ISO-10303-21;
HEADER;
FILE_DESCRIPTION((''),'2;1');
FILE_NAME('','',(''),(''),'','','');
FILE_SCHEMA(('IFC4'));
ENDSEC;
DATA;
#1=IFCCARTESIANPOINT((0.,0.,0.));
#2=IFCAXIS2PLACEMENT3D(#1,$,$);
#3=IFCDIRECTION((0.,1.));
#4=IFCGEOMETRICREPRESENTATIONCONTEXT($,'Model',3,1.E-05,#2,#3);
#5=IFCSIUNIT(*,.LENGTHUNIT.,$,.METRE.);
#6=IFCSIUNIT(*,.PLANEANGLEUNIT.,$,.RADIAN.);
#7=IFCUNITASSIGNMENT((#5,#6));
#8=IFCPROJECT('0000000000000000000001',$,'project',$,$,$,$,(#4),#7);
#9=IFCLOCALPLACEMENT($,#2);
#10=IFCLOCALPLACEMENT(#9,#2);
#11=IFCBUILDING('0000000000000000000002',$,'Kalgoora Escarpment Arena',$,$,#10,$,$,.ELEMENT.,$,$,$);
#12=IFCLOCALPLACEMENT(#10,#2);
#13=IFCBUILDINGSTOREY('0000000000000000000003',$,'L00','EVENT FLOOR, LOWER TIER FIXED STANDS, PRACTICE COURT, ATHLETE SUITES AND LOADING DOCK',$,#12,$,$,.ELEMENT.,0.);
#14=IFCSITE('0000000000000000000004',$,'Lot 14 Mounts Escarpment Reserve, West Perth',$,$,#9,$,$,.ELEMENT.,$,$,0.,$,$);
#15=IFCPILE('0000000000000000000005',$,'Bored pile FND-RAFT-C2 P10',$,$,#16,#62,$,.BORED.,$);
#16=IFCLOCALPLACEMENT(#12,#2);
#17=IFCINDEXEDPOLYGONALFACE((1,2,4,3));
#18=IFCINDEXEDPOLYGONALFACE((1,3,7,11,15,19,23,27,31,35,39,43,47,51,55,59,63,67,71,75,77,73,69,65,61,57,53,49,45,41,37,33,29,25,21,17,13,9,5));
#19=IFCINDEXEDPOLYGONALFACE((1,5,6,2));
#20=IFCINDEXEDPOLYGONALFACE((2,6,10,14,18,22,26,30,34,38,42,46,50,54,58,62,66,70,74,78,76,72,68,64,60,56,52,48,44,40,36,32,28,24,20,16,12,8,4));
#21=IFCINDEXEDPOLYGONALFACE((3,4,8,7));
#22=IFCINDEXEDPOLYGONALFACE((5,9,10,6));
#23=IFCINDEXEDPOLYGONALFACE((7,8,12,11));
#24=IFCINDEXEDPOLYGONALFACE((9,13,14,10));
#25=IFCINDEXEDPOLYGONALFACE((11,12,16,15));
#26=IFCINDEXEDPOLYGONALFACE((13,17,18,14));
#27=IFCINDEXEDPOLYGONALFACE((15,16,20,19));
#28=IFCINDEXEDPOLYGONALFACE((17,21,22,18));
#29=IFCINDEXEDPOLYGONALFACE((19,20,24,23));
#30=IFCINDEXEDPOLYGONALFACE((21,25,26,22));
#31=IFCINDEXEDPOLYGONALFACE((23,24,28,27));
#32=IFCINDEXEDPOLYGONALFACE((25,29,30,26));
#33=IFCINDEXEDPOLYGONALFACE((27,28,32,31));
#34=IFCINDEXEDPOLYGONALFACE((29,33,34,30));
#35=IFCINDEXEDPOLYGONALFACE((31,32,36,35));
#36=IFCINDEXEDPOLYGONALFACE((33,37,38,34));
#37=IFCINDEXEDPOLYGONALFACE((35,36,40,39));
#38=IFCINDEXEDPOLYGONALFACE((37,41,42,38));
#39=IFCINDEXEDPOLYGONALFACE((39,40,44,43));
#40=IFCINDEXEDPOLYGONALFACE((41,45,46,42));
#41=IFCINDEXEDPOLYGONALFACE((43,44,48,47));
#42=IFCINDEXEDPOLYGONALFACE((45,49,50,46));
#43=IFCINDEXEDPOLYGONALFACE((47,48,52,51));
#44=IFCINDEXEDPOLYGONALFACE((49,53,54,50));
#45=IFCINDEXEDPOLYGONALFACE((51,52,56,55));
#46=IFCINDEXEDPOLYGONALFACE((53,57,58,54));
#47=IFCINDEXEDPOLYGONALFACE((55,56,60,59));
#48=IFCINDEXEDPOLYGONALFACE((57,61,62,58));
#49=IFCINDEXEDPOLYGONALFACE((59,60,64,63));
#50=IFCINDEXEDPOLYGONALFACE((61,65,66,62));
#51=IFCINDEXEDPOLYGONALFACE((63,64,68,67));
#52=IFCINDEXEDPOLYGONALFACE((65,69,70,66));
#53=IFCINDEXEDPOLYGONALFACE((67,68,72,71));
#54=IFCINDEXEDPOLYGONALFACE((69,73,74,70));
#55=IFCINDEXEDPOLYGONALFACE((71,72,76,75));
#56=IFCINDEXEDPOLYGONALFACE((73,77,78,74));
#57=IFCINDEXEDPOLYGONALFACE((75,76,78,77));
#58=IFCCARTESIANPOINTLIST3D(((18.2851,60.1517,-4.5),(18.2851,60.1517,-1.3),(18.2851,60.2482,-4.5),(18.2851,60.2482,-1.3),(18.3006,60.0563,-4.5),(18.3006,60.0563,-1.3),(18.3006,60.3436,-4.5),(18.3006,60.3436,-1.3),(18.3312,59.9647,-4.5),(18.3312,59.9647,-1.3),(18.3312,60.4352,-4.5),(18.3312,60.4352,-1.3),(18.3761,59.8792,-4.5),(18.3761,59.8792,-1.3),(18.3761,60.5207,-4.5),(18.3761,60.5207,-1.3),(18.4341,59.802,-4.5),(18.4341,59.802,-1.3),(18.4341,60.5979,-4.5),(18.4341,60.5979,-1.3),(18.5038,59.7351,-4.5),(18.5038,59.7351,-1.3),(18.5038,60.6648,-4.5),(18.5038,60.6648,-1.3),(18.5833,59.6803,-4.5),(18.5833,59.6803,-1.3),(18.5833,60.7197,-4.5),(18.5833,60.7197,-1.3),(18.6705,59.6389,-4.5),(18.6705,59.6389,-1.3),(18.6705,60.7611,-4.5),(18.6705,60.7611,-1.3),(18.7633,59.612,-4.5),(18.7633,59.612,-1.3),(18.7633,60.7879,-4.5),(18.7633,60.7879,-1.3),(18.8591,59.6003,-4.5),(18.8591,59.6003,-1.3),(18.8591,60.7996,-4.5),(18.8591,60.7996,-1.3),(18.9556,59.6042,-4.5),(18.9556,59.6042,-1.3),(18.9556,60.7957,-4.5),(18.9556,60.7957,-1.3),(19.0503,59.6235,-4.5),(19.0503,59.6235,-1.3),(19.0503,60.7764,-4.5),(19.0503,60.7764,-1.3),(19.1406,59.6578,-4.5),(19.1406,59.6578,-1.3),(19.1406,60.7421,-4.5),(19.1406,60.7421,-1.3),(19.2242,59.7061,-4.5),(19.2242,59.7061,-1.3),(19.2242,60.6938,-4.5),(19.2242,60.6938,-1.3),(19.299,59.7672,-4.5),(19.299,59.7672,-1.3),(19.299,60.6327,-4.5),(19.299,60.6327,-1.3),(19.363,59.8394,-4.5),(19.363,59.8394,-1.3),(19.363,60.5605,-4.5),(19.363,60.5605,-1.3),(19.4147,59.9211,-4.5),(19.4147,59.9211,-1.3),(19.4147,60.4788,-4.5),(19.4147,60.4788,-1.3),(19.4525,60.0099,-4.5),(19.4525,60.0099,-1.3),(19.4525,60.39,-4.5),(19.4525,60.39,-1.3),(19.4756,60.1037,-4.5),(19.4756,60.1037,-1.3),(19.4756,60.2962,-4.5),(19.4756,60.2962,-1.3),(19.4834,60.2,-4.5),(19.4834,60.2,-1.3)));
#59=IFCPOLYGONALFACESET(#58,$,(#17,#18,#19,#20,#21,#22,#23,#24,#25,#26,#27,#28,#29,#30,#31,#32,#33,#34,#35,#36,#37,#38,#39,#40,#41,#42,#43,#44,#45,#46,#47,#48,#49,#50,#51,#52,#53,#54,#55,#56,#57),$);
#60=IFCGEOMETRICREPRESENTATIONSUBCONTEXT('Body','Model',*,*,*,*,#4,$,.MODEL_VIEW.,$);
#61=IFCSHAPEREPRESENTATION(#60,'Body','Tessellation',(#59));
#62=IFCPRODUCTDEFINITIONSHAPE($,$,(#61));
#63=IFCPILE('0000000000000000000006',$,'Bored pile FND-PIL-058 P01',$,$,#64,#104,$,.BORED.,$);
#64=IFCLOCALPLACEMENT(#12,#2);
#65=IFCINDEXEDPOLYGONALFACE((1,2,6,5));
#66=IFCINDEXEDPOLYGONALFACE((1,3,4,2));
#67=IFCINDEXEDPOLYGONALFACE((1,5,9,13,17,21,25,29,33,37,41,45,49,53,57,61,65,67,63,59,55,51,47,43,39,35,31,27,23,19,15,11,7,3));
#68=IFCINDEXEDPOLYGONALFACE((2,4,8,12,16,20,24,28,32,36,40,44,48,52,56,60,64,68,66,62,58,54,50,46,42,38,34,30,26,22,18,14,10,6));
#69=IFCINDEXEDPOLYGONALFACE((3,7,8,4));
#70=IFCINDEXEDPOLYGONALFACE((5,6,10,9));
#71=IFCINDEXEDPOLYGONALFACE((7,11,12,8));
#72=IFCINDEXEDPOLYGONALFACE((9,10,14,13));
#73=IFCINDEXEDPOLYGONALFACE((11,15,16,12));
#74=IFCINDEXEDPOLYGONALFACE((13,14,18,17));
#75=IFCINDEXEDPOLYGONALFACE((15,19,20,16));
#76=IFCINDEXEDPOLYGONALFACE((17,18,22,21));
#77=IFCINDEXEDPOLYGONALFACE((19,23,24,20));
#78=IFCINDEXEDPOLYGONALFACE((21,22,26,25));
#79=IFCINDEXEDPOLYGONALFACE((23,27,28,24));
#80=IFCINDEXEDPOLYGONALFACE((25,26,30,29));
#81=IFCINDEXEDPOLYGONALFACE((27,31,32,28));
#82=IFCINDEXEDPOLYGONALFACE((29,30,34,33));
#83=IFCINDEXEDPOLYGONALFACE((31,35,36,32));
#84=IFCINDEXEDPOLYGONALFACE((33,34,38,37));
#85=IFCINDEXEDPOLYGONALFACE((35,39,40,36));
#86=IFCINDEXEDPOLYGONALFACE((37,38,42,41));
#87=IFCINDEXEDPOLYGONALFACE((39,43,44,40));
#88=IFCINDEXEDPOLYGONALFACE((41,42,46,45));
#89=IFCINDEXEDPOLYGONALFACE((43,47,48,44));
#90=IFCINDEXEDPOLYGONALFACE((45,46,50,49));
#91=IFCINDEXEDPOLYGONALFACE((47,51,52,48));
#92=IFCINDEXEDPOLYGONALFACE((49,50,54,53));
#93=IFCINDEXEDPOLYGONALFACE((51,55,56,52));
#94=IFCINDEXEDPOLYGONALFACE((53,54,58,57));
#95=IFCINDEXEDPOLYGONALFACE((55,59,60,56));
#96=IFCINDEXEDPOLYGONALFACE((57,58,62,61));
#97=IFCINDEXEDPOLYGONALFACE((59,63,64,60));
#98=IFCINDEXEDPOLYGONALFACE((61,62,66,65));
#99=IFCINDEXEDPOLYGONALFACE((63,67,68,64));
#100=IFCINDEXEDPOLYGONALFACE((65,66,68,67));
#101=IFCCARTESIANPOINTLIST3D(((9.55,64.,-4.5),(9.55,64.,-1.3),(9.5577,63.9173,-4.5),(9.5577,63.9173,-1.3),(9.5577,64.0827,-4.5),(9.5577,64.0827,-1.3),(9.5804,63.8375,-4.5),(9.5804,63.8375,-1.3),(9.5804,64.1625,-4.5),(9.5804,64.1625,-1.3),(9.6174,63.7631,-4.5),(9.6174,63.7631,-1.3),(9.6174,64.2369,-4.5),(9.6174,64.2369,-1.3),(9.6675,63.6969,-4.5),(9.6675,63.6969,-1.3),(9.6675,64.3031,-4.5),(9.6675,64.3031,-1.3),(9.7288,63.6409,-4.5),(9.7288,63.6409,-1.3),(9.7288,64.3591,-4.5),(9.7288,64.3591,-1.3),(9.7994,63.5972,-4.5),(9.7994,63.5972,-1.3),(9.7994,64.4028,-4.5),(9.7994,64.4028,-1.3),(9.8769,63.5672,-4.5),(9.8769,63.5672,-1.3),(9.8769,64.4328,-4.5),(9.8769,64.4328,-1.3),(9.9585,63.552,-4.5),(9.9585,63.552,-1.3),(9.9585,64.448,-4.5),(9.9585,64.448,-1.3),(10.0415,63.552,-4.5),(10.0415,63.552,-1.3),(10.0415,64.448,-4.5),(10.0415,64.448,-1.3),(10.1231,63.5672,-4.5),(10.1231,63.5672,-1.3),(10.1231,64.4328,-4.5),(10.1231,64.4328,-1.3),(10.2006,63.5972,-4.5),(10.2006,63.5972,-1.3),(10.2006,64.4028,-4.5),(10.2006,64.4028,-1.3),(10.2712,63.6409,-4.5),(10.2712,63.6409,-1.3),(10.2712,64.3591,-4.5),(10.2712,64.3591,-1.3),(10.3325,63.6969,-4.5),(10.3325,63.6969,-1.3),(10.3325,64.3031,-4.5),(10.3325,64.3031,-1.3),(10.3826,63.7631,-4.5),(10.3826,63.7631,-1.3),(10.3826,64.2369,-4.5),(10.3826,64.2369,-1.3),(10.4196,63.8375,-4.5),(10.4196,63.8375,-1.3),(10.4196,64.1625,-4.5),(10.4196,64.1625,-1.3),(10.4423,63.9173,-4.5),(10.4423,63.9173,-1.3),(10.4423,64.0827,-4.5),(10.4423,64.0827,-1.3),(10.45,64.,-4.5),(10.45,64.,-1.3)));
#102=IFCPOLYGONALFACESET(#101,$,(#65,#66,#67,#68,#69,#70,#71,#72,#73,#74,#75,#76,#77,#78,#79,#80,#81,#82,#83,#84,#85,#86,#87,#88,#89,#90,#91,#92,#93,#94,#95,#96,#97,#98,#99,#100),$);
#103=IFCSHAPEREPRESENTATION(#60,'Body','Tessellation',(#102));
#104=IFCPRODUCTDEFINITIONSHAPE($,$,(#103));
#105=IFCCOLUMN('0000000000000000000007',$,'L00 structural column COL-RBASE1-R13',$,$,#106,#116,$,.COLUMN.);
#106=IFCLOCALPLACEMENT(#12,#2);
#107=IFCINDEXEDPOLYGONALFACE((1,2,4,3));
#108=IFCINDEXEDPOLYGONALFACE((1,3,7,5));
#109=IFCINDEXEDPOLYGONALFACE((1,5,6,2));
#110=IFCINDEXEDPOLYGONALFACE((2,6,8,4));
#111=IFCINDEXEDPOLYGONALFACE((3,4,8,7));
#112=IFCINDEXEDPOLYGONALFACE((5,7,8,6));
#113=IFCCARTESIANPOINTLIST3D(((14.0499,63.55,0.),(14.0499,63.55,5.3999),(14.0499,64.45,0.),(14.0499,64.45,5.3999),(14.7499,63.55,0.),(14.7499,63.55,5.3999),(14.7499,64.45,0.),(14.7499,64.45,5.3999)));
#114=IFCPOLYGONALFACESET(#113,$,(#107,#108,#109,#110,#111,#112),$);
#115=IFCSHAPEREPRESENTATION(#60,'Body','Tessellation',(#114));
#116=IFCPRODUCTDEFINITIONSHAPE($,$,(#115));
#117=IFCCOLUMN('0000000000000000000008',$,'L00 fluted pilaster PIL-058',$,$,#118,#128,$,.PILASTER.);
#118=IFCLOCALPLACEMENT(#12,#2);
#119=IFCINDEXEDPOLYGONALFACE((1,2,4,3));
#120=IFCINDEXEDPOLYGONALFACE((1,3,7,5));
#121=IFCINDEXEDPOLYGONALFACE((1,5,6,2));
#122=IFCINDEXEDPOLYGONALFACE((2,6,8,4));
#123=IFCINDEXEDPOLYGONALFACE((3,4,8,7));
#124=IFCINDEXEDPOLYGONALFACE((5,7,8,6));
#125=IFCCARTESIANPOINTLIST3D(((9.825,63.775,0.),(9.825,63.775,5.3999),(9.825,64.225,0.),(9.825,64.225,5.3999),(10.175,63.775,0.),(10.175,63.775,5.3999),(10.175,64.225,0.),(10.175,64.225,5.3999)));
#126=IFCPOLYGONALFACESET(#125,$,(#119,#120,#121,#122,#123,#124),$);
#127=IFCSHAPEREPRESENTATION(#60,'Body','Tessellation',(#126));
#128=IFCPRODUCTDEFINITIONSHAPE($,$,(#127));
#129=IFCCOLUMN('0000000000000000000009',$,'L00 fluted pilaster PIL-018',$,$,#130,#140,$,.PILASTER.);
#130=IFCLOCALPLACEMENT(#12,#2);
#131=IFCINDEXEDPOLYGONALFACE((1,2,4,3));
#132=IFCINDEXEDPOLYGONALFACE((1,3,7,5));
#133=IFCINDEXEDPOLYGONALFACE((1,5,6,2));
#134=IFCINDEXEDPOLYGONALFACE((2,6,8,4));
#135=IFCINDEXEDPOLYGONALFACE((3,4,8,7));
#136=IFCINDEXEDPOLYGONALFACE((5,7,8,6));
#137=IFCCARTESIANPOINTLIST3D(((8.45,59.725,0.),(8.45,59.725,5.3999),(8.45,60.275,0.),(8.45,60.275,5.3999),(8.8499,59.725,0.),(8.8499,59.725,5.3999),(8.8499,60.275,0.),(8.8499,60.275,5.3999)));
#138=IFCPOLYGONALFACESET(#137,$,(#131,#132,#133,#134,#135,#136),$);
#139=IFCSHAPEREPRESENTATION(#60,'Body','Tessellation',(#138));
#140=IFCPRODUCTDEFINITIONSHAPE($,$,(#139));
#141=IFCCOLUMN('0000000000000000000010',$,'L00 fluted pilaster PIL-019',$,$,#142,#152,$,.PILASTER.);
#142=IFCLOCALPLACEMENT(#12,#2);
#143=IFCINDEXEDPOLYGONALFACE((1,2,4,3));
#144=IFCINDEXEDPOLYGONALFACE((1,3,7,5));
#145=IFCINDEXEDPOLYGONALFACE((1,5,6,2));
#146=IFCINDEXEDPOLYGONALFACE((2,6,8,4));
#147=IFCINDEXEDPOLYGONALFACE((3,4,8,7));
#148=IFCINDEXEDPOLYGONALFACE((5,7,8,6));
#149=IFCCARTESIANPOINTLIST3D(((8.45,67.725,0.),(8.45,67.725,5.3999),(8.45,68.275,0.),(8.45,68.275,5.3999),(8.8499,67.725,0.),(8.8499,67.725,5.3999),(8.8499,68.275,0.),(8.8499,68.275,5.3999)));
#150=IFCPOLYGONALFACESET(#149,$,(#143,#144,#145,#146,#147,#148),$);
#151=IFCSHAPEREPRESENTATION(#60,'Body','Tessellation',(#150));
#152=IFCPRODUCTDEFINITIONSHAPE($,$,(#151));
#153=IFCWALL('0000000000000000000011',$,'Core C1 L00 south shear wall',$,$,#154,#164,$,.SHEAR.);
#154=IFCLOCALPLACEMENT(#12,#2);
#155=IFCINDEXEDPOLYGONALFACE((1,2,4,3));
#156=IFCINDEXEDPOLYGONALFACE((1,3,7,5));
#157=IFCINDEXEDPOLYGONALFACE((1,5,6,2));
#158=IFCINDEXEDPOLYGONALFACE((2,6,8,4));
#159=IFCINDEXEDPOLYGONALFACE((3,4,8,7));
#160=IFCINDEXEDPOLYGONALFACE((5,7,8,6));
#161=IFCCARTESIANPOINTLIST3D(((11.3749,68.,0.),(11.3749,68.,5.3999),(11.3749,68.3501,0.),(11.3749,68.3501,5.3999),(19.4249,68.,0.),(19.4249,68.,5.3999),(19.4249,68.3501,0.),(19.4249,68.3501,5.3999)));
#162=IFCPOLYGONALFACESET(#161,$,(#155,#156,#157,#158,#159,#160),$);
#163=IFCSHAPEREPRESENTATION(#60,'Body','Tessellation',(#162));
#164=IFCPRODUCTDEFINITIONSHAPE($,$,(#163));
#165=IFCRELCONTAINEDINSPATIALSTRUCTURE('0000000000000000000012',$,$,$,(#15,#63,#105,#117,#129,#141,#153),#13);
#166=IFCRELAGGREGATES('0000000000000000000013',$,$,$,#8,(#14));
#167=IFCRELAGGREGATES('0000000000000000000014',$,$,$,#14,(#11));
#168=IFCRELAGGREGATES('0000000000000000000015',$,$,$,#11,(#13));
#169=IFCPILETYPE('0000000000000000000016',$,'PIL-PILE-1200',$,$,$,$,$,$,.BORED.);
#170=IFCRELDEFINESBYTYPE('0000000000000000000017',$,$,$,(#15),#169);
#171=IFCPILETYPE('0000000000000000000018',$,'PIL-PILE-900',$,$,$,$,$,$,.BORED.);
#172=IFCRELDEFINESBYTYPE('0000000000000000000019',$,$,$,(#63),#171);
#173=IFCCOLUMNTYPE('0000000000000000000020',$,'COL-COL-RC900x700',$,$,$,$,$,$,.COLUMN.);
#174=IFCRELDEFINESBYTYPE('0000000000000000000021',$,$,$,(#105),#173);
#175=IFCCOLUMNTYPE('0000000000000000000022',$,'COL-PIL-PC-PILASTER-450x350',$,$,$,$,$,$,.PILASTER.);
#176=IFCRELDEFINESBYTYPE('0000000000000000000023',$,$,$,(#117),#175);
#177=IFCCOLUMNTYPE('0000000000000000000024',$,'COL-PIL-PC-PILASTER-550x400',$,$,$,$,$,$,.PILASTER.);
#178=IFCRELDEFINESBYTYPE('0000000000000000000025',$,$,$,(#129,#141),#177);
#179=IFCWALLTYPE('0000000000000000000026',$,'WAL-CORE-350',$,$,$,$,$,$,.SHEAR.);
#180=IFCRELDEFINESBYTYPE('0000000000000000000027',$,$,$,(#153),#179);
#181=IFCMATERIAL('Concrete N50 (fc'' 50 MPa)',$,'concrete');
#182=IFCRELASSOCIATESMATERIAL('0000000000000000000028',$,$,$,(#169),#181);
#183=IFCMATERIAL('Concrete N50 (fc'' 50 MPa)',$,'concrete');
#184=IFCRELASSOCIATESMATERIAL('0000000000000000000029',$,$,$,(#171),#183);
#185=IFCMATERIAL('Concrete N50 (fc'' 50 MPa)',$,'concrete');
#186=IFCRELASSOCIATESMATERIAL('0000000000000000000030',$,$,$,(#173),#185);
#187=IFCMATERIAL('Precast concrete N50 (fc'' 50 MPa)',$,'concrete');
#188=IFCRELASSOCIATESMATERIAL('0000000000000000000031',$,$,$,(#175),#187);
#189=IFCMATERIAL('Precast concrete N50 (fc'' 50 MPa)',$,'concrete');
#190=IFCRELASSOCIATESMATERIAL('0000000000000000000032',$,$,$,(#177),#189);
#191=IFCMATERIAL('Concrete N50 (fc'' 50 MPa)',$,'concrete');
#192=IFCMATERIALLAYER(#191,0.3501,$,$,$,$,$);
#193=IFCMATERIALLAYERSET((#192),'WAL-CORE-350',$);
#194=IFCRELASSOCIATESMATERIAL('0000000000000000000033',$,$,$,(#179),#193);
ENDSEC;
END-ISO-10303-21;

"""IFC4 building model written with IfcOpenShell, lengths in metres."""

from ifc_helpers import new_model, si_unit, direction, frame, frame_2d, origin, origin_2d, place, context, subcontext, project, spatial, rectangle, circle, extrude, material, layer, layer_set, material_profile, profile_set, type_object, element, save


model = new_model("IFC4")

# Units and contexts
model_context = context("Model", 3, precision=1e-05, world=origin(), true_north=direction((0.0, 1.0)))
body_context = subcontext(model_context, "Body", "Model", "MODEL_VIEW")
ifc_project = project(units=[si_unit("LENGTHUNIT", "METRE"), si_unit("PLANEANGLEUNIT", "RADIAN")], contexts=[model_context])

# Site, building, storey
site_placement = place(None, origin())
site = spatial("IfcSite", under=ifc_project, at=site_placement, Name="Lot 14 Mounts Escarpment Reserve, West Perth", CompositionType="ELEMENT", RefElevation=0.0)
building_placement = place(site_placement, origin())
building = spatial("IfcBuilding", under=site, at=building_placement, Name="Kalgoora Escarpment Arena", CompositionType="ELEMENT")
storey_placement = place(building_placement, origin())
storey = spatial("IfcBuildingStorey", under=building, at=storey_placement, Name="L00", Description="EVENT FLOOR, LOWER TIER FIXED STANDS, PRACTICE COURT, ATHLETE SUITES AND LOADING DOCK", CompositionType="ELEMENT", Elevation=0.0)

# Piles
ifc_material_1 = material(Name="Concrete N50 (fc' 50 MPa)", Category="concrete")
ifc_material_profile_1 = material_profile(ifc_material_1, circle(Radius=0.6001, at=origin_2d()))
ifc_profile_set_1 = profile_set([ifc_material_profile_1], Name="Concrete N50 (fc' 50 MPa)")
pile_type_1 = type_object("IfcPileType", Name="PIL-PILE-1200", PredefinedType="BORED", material=ifc_profile_set_1)
for number, where, z_axis, x_axis, name in (
    (1, (18.8833, 60.2, -1.3), (0.0, 0.0, -1.0), (1.0, 0.0, 0.0), "Bored pile FND-RAFT-C2 P10"),
):
    element("IfcPile", number, at=place(storey_placement, frame(where, z_axis=z_axis, x_axis=x_axis)), inside=storey, type_object=pile_type_1, Name=name, PredefinedType="BORED", context=body_context, shape_type="SweptSolid", body=[
        extrude(circle(Radius=0.6001, at=origin_2d()), origin(), (0.0, 0.0, 1.0), 3.2),
    ])
ifc_material_2 = material(Name="Concrete N50 (fc' 50 MPa)", Category="concrete")
ifc_material_profile_2 = material_profile(ifc_material_2, circle(Radius=0.45, at=origin_2d()))
ifc_profile_set_2 = profile_set([ifc_material_profile_2], Name="Concrete N50 (fc' 50 MPa)")
pile_type_2 = type_object("IfcPileType", Name="PIL-PILE-900", PredefinedType="BORED", material=ifc_profile_set_2)
pile_placement = place(storey_placement, frame((10.0, 64.0, -1.3), z_axis=(0.0, 0.0, -1.0), x_axis=(1.0, 0.0, 0.0)))
element("IfcPile", 2, at=pile_placement, inside=storey, type_object=pile_type_2, Name="Bored pile FND-PIL-058 P01", PredefinedType="BORED", context=body_context, shape_type="SweptSolid", body=[
    extrude(circle(Radius=0.45, at=origin_2d()), origin(), (0.0, 0.0, 1.0), 3.2),
])

# Columns
ifc_material_3 = material(Name="Concrete N50 (fc' 50 MPa)", Category="concrete")
ifc_material_profile_3 = material_profile(ifc_material_3, rectangle(XDim=0.7, YDim=0.8999, at=origin_2d()))
ifc_profile_set_3 = profile_set([ifc_material_profile_3], Name="Concrete N50 (fc' 50 MPa)")
column_type_1 = type_object("IfcColumnType", Name="COL-COL-RC900x700", PredefinedType="COLUMN", material=ifc_profile_set_3)
column_1_placement = place(storey_placement, frame((14.3999, 64.0, 0.0), z_axis=(0.0, 0.0, 1.0), x_axis=(-1.0, 0.0, 0.0)))
element("IfcColumn", 3, at=column_1_placement, inside=storey, type_object=column_type_1, Name="L00 structural column COL-RBASE1-R13", PredefinedType="COLUMN", context=body_context, shape_type="SweptSolid", body=[
    extrude(rectangle(XDim=0.7, YDim=0.8999, at=origin_2d()), origin(), (0.0, 0.0, 1.0), 5.3999),
])
ifc_material_4 = material(Name="Precast concrete N50 (fc' 50 MPa)", Category="concrete")
ifc_material_profile_4 = material_profile(ifc_material_4, rectangle(XDim=0.3501, YDim=0.45, at=origin_2d()))
ifc_profile_set_4 = profile_set([ifc_material_profile_4], Name="Precast concrete N50 (fc' 50 MPa)")
column_type_2 = type_object("IfcColumnType", Name="COL-PIL-PC-PILASTER-450x350", PredefinedType="PILASTER", material=ifc_profile_set_4)
column_2_placement = place(storey_placement, frame((10.0, 64.0, 0.0), z_axis=(0.0, 0.0, 1.0), x_axis=(-1.0, 0.0, 0.0)))
element("IfcColumn", 4, at=column_2_placement, inside=storey, type_object=column_type_2, Name="L00 fluted pilaster PIL-058", PredefinedType="PILASTER", context=body_context, shape_type="SweptSolid", body=[
    extrude(rectangle(XDim=0.3501, YDim=0.45, at=origin_2d()), origin(), (0.0, 0.0, 1.0), 5.3999),
])
ifc_material_5 = material(Name="Precast concrete N50 (fc' 50 MPa)", Category="concrete")
ifc_material_profile_5 = material_profile(ifc_material_5, rectangle(XDim=0.3999, YDim=0.55, at=origin_2d()))
ifc_profile_set_5 = profile_set([ifc_material_profile_5], Name="Precast concrete N50 (fc' 50 MPa)")
column_type_3 = type_object("IfcColumnType", Name="COL-PIL-PC-PILASTER-550x400", PredefinedType="PILASTER", material=ifc_profile_set_5)
for number, where, z_axis, x_axis, name in (
    (5, (8.6499, 60.0, 0.0), (0.0, 0.0, 1.0), (1.0, 0.0, 0.0), "L00 fluted pilaster PIL-018"),
    (6, (8.6499, 68.0, 0.0), (0.0, 0.0, 1.0), (1.0, 0.0, 0.0), "L00 fluted pilaster PIL-019"),
):
    element("IfcColumn", number, at=place(storey_placement, frame(where, z_axis=z_axis, x_axis=x_axis)), inside=storey, type_object=column_type_3, Name=name, PredefinedType="PILASTER", context=body_context, shape_type="SweptSolid", body=[
        extrude(rectangle(XDim=0.3999, YDim=0.55, at=origin_2d()), origin(), (0.0, 0.0, 1.0), 5.3999),
    ])

# Wall
ifc_material_6 = material(Name="Concrete N50 (fc' 50 MPa)", Category="concrete")
ifc_layer_1 = layer(ifc_material_6, 0.3501)
ifc_layer_set_1 = layer_set([ifc_layer_1], Name="WAL-CORE-350")
wall_type_1 = type_object("IfcWallType", Name="WAL-CORE-350", PredefinedType="SHEAR", material=ifc_layer_set_1)
wall_1_placement = place(storey_placement, frame((11.375, 68.175, 0.0), z_axis=(0.0, 0.0, 1.0), x_axis=(1.0, 0.0, 0.0)))
element("IfcWall", 7, at=wall_1_placement, inside=storey, type_object=wall_type_1, Name="Core C1 L00 south shear wall", PredefinedType="SHEAR", context=body_context, shape_type="SweptSolid", body=[
    extrude(rectangle(XDim=8.05, YDim=0.3501, at=frame_2d((4.0249, 0.0))), origin(), (0.0, 0.0, 1.0), 5.3999),
])

save(model, "model.ifc")
